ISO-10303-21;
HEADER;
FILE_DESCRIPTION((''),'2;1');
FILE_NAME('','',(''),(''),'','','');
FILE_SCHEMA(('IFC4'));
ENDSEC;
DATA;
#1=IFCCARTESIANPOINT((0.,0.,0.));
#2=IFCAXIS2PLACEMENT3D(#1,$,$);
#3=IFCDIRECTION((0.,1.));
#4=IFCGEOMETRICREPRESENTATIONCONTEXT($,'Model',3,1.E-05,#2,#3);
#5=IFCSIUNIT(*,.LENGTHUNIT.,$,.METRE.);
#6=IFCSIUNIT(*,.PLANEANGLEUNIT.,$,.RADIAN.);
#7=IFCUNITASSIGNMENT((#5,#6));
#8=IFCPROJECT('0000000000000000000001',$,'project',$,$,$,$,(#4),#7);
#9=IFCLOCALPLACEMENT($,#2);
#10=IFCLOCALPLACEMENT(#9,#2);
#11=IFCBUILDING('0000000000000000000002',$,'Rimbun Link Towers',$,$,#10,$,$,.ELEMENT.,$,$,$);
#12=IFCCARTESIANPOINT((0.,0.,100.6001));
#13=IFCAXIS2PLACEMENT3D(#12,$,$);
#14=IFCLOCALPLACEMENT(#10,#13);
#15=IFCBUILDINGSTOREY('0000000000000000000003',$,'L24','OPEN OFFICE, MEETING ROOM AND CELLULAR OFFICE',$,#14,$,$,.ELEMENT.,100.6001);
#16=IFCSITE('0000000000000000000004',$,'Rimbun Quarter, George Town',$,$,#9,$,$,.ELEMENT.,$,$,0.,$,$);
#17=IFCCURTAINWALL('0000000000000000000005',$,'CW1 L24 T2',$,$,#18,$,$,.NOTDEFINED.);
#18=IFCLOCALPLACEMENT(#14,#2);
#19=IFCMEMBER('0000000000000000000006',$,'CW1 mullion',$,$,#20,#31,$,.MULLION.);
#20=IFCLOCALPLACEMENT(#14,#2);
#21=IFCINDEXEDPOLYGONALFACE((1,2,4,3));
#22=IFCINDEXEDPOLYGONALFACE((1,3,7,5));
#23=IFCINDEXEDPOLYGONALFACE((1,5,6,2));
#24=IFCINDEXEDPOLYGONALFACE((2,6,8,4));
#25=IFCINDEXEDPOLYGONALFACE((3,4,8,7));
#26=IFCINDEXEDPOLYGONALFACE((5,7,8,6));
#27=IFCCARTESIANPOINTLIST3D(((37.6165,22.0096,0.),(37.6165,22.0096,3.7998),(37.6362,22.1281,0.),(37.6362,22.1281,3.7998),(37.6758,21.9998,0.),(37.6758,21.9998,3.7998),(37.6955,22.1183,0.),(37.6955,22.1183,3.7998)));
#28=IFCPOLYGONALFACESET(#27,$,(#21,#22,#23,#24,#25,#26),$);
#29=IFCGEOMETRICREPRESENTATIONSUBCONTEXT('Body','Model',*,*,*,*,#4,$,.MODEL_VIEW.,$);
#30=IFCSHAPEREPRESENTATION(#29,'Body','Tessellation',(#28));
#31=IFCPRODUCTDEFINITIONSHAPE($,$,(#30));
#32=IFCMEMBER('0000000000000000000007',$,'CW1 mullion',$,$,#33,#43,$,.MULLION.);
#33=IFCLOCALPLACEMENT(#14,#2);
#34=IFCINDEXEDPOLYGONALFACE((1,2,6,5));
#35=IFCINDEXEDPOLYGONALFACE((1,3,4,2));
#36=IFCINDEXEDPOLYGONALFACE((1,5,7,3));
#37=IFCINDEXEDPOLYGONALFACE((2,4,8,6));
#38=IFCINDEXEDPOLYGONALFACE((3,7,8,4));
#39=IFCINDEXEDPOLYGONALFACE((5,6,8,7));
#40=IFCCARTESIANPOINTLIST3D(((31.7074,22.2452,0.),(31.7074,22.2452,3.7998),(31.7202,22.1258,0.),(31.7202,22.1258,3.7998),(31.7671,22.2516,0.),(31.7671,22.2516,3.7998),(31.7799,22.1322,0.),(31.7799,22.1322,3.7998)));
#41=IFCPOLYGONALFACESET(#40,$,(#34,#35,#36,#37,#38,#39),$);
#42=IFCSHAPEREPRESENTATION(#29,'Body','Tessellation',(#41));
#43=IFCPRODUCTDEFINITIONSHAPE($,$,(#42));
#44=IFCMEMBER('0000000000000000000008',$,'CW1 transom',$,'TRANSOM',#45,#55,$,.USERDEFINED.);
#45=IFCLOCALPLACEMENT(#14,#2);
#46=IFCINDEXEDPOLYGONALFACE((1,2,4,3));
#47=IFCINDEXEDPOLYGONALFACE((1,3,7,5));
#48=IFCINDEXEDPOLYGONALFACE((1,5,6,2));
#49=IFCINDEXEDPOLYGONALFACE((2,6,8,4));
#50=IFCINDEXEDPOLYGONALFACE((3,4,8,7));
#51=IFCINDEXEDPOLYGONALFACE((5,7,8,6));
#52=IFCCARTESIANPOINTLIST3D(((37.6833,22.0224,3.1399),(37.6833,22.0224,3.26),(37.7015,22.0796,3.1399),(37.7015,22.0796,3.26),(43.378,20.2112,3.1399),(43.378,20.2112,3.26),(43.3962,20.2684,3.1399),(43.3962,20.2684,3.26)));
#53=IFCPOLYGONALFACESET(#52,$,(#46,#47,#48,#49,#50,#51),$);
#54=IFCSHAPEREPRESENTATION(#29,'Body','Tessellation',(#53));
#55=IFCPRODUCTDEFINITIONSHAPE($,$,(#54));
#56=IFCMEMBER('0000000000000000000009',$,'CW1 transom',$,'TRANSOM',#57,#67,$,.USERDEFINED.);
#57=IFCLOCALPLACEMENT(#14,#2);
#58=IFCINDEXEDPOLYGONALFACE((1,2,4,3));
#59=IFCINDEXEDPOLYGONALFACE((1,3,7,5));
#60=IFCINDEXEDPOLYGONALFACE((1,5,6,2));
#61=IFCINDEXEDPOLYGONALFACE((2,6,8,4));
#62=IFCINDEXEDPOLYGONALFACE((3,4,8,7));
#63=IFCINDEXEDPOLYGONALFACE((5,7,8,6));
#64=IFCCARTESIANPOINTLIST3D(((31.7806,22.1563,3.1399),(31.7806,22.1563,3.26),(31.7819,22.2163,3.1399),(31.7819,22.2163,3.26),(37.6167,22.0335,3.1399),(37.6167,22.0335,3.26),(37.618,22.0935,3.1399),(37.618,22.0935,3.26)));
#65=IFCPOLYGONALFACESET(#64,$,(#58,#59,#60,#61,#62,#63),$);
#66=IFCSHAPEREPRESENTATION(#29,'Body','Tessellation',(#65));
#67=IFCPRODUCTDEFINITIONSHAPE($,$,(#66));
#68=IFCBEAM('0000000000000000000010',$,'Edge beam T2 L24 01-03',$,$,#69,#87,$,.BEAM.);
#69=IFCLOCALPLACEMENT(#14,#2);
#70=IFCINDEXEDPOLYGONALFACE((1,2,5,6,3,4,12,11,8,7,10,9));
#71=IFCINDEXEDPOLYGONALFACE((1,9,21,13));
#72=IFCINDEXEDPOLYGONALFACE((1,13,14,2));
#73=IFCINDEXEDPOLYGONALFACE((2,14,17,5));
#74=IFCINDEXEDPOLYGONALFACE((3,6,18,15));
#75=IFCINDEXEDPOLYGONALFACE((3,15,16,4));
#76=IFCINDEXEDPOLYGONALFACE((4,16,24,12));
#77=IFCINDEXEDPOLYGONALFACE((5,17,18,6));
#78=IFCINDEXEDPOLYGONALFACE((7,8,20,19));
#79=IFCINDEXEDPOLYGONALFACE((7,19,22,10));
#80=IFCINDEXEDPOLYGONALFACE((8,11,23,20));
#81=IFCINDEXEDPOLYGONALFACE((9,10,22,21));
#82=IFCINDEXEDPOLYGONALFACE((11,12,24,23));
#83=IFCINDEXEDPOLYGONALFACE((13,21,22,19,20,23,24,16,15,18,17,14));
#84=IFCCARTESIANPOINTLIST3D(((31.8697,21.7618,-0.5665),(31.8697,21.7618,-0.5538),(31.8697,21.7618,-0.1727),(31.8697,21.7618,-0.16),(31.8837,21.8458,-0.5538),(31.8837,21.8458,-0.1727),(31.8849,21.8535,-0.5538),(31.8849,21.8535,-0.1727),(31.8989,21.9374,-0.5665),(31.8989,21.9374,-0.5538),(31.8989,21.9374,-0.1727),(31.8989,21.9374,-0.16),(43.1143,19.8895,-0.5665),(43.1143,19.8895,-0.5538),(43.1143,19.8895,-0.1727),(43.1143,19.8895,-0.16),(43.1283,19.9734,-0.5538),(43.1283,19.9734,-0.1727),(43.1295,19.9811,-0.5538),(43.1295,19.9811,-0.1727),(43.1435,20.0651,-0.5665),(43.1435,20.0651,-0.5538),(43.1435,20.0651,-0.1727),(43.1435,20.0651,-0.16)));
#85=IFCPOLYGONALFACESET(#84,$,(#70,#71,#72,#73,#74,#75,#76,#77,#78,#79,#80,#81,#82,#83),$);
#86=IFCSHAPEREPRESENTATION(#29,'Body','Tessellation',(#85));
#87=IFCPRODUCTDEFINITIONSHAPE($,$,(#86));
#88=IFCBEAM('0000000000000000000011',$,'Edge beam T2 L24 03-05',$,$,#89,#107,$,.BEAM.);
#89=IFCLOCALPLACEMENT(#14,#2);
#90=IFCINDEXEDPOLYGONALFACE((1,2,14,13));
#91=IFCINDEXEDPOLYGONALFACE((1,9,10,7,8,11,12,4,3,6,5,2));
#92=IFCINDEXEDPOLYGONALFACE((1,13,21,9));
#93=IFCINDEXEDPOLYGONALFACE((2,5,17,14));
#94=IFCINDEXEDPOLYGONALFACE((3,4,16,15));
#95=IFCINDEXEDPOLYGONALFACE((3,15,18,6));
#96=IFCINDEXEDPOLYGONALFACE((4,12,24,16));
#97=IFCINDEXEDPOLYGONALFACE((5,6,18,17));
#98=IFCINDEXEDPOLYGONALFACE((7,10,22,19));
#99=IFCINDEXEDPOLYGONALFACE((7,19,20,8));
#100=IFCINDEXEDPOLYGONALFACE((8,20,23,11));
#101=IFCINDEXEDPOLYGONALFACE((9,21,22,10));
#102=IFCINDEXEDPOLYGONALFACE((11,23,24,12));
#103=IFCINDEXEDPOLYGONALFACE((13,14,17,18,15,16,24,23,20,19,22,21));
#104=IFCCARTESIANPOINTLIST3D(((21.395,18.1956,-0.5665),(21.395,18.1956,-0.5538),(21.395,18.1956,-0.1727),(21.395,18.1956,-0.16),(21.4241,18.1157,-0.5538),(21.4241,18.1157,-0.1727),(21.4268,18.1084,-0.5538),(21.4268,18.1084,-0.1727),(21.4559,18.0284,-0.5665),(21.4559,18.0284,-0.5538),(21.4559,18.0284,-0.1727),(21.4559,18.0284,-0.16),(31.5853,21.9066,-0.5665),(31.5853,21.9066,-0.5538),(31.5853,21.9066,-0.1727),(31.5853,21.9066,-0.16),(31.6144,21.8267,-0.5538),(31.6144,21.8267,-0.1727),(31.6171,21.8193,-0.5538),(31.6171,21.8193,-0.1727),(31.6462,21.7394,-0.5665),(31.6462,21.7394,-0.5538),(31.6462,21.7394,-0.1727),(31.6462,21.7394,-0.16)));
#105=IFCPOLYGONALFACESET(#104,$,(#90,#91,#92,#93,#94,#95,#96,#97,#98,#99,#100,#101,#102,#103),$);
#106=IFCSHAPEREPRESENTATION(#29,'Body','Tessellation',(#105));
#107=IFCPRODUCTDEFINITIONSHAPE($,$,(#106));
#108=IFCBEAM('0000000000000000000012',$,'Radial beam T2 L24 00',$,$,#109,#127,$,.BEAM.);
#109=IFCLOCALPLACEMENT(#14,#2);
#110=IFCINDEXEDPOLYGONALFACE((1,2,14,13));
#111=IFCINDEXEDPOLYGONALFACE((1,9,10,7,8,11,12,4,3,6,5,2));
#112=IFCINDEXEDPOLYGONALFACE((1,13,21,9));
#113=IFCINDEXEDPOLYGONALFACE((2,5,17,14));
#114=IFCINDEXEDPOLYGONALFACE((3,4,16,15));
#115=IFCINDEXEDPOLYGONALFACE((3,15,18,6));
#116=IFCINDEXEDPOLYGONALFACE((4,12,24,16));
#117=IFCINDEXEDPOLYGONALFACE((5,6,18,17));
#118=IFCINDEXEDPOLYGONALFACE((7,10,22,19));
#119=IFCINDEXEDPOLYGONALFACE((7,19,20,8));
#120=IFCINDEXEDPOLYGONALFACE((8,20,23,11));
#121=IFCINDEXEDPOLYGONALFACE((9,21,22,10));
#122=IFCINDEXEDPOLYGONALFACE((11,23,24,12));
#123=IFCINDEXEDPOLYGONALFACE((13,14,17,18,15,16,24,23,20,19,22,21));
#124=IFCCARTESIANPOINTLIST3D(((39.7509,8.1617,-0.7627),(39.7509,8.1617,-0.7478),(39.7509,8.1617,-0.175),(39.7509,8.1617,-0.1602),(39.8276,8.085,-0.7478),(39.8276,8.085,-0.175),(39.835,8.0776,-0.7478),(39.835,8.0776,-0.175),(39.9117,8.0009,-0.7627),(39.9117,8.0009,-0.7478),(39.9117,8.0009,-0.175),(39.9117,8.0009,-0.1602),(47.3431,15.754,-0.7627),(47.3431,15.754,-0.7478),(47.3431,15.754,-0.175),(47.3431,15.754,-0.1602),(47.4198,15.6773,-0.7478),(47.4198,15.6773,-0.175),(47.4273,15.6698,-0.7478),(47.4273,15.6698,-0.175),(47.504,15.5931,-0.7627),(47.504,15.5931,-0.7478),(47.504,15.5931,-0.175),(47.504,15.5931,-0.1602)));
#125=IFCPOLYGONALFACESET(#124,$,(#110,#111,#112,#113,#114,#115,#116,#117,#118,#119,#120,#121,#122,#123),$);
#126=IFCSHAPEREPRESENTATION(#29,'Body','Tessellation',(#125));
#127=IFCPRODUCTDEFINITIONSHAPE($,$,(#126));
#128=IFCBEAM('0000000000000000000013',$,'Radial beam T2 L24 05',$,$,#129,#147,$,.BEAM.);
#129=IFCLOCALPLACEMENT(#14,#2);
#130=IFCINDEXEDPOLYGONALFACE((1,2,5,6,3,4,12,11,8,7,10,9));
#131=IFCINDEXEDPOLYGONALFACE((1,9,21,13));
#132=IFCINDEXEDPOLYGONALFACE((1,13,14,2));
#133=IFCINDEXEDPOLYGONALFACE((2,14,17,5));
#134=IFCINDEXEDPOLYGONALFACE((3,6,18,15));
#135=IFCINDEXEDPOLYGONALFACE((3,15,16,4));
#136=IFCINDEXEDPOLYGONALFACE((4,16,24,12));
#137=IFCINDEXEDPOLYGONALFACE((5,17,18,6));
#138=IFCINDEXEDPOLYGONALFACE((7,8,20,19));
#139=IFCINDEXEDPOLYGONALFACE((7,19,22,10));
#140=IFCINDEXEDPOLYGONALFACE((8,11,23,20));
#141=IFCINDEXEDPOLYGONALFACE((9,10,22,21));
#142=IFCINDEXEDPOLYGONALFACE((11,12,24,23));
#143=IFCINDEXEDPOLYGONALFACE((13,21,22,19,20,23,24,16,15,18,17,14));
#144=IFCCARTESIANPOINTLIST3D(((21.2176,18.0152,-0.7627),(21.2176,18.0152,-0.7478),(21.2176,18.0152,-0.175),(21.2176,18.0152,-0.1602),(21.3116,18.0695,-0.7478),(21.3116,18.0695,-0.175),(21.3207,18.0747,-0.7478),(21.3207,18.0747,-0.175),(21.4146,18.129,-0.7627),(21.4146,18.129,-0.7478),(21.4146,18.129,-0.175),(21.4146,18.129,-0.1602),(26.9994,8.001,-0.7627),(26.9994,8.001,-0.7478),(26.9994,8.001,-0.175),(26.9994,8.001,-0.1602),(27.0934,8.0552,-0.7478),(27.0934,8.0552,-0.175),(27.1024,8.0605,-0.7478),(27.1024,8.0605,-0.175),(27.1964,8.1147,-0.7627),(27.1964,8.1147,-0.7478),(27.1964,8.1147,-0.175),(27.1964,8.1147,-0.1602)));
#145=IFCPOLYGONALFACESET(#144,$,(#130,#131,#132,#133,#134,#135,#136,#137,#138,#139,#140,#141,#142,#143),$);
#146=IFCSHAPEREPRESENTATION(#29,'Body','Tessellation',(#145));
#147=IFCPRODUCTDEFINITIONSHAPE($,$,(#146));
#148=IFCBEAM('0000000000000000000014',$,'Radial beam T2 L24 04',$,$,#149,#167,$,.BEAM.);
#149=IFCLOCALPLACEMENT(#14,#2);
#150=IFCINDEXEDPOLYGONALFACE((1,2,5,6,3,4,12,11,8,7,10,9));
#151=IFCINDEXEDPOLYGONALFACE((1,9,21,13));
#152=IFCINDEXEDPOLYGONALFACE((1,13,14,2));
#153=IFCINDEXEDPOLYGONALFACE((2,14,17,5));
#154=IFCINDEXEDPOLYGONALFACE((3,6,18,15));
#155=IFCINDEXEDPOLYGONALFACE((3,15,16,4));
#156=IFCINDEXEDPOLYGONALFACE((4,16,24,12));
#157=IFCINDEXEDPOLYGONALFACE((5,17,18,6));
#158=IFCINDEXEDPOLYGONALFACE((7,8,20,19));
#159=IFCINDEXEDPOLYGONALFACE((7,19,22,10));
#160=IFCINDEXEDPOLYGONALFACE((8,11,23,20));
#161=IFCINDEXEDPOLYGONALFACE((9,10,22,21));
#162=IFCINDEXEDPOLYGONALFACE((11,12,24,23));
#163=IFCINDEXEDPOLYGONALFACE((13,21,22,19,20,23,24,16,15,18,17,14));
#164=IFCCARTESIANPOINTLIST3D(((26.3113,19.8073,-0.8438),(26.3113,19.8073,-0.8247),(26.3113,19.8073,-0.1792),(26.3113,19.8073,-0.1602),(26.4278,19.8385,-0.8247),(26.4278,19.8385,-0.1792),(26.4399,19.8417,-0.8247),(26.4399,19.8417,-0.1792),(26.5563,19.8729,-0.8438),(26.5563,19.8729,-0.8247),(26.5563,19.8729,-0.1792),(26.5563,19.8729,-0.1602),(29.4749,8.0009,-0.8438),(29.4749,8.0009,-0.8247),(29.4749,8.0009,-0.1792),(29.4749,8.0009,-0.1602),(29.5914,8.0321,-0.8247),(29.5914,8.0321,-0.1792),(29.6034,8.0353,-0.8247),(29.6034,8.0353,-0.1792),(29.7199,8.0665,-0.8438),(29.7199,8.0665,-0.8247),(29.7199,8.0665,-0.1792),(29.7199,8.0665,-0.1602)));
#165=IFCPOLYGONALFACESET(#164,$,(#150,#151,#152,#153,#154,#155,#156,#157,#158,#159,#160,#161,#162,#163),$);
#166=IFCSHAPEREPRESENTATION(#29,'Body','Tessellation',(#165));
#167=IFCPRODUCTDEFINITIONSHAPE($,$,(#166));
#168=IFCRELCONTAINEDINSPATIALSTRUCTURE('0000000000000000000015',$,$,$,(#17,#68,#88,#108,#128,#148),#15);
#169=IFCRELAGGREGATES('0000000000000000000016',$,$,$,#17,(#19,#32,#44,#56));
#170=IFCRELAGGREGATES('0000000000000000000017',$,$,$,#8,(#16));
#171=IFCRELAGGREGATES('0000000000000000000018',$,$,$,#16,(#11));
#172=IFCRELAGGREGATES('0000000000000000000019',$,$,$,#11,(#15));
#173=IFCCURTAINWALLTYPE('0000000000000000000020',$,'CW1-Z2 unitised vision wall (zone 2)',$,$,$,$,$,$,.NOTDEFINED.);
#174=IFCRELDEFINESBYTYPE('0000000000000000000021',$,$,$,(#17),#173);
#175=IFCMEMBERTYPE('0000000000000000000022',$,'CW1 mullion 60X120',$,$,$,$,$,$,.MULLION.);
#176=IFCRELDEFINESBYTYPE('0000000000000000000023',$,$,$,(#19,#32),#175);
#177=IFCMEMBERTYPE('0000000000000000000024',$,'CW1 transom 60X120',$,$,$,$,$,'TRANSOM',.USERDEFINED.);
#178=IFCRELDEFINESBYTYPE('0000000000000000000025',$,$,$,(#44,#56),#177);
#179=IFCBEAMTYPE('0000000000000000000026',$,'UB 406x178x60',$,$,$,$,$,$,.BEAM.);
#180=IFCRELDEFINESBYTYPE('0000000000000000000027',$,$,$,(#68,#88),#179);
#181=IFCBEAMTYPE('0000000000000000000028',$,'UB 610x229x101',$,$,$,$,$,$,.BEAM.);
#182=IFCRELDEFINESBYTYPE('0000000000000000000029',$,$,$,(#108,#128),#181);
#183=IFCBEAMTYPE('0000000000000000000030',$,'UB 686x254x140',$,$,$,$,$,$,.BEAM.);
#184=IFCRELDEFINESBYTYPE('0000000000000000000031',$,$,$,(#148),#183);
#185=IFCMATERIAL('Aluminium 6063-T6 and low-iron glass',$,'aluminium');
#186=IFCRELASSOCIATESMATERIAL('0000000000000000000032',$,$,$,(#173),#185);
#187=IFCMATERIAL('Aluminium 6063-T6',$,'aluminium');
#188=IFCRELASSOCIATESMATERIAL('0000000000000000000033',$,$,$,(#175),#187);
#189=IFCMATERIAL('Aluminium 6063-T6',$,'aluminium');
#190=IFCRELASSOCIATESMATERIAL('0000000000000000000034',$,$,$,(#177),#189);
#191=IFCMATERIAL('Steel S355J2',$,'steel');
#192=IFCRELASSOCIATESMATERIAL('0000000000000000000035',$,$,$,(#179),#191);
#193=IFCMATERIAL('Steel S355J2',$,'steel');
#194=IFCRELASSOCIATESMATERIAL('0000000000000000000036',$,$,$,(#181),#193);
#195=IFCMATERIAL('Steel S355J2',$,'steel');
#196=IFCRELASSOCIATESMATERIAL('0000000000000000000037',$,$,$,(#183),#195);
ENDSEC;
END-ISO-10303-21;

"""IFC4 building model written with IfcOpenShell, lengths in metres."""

from ifc_helpers import new_model, si_unit, direction, frame, origin, origin_2d, place, context, subcontext, project, spatial, rectangle, i_section, extrude, material, material_profile, profile_set, type_object, element, aggregate, save


model = new_model("IFC4")

# Units and contexts
model_context = context("Model", 3, precision=1e-05, world=origin(), true_north=direction((0.0, 1.0)))
body_context = subcontext(model_context, "Body", "Model", "MODEL_VIEW")
ifc_project = project(units=[si_unit("LENGTHUNIT", "METRE"), si_unit("PLANEANGLEUNIT", "RADIAN")], contexts=[model_context])

# Site, building, storey
site_placement = place(None, origin())
site = spatial("IfcSite", under=ifc_project, at=site_placement, Name="Rimbun Quarter, George Town", CompositionType="ELEMENT", RefElevation=0.0)
building_placement = place(site_placement, origin())
building = spatial("IfcBuilding", under=site, at=building_placement, Name="Rimbun Link Towers", CompositionType="ELEMENT")
storey_placement = place(building_placement, frame((0.0, 0.0, 100.6001)))
storey = spatial("IfcBuildingStorey", under=building, at=storey_placement, Name="L24", Description="OPEN OFFICE, MEETING ROOM AND CELLULAR OFFICE", CompositionType="ELEMENT", Elevation=100.6001)

# Curtain wall, members
ifc_material_1 = material(Name="Aluminium 6063-T6 and low-iron glass", Category="aluminium")
curtain_wall_type = type_object("IfcCurtainWallType", Name="CW1-Z2 unitised vision wall (zone 2)", PredefinedType="NOTDEFINED", material=ifc_material_1)
curtain_wall_placement = place(storey_placement, origin())
curtain_wall = element("IfcCurtainWall", 1, at=curtain_wall_placement, inside=storey, type_object=curtain_wall_type, Name="CW1 L24 T2", PredefinedType="NOTDEFINED")
ifc_material_2 = material(Name="Aluminium 6063-T6", Category="aluminium")
ifc_material_profile_1 = material_profile(ifc_material_2, rectangle(XDim=0.1201, YDim=0.0601, at=origin_2d()), Name="MULLION 60X120")
ifc_profile_set_1 = profile_set([ifc_material_profile_1], Name="Aluminium 6063-T6")
member_type_1 = type_object("IfcMemberType", Name="CW1 mullion 60X120", PredefinedType="MULLION", material=ifc_profile_set_1)
member_1_placement = place(storey_placement, frame((37.656, 22.064, 0.0), z_axis=(0.0, 0.0, 1.0), x_axis=(0.163744, 0.986503, 0.0)))
member_1 = element("IfcMember", 2, at=member_1_placement, type_object=member_type_1, Name="CW1 mullion", PredefinedType="MULLION", context=body_context, shape_type="SweptSolid", body=[
    extrude(rectangle(XDim=0.1201, YDim=0.0601, at=origin_2d()), origin(), (0.0, 0.0, 1.0), 3.7998),
])
member_2_placement = place(storey_placement, frame((31.7437, 22.1887, 0.0), z_axis=(0.0, 0.0, 1.0), x_axis=(-0.106642, 0.994297, 0.0)))
member_2 = element("IfcMember", 3, at=member_2_placement, type_object=member_type_1, Name="CW1 mullion", PredefinedType="MULLION", context=body_context, shape_type="SweptSolid", body=[
    extrude(rectangle(XDim=0.1201, YDim=0.0601, at=origin_2d()), origin(), (0.0, 0.0, 1.0), 3.7998),
])
ifc_material_3 = material(Name="Aluminium 6063-T6", Category="aluminium")
ifc_material_profile_2 = material_profile(ifc_material_3, rectangle(XDim=0.0601, YDim=0.1201, at=origin_2d()), Name="TRANSOM 60X120")
ifc_profile_set_2 = profile_set([ifc_material_profile_2], Name="Aluminium 6063-T6")
member_type_2 = type_object("IfcMemberType", Name="CW1 transom 60X120", ElementType="TRANSOM", PredefinedType="USERDEFINED", material=ifc_profile_set_2)
member_3_placement = place(storey_placement, frame((37.6924, 22.051, 3.2), z_axis=(0.95296, -0.303096, 0.0), x_axis=(0.303096, 0.95296, 0.0)))
member_3 = element("IfcMember", 4, at=member_3_placement, type_object=member_type_2, Name="CW1 transom", ObjectType="TRANSOM", PredefinedType="USERDEFINED", context=body_context, shape_type="SweptSolid", body=[
    extrude(rectangle(XDim=0.0601, YDim=0.1201, at=origin_2d()), origin(), (0.0, 0.0, 1.0), 5.9758),
])
member_4_placement = place(storey_placement, frame((31.7812, 22.1863, 3.2), z_axis=(0.999779, -0.021037, 0.0), x_axis=(0.021037, 0.999779, 0.0)))
member_4 = element("IfcMember", 5, at=member_4_placement, type_object=member_type_2, Name="CW1 transom", ObjectType="TRANSOM", PredefinedType="USERDEFINED", context=body_context, shape_type="SweptSolid", body=[
    extrude(rectangle(XDim=0.0601, YDim=0.1201, at=origin_2d()), origin(), (0.0, 0.0, 1.0), 5.8374),
])

# Beams
ifc_material_4 = material(Name="Steel S355J2", Category="steel")
ifc_material_profile_3 = material_profile(ifc_material_4, i_section(OverallWidth=0.178, OverallDepth=0.4065, WebThickness=0.0078, FlangeThickness=0.0127, at=origin_2d()), Name="UB 406x178x60")
ifc_profile_set_3 = profile_set([ifc_material_profile_3], Name="Steel S355J2")
beam_type_1 = type_object("IfcBeamType", Name="UB 406x178x60", PredefinedType="BEAM", material=ifc_profile_set_3)
beam_1_placement = place(storey_placement, frame((43.1289, 19.9773, -0.3633), z_axis=(-0.986419, 0.164246, 0.0), x_axis=(-0.164246, -0.986419, 0.0)))
element("IfcBeam", 6, at=beam_1_placement, inside=storey, type_object=beam_type_1, Name="Edge beam T2 L24 01-03", PredefinedType="BEAM", context=body_context, shape_type="SweptSolid", body=[
    extrude(i_section(OverallWidth=0.178, OverallDepth=0.4065, WebThickness=0.0078, FlangeThickness=0.0127, at=origin_2d()), origin(), (0.0, 0.0, 1.0), 11.3994),
])
beam_2_placement = place(storey_placement, frame((31.6157, 21.823, -0.3633), z_axis=(-0.939633, -0.342184, 0.0), x_axis=(0.342184, -0.939633, 0.0)))
element("IfcBeam", 7, at=beam_2_placement, inside=storey, type_object=beam_type_1, Name="Edge beam T2 L24 03-05", PredefinedType="BEAM", context=body_context, shape_type="SweptSolid", body=[
    extrude(i_section(OverallWidth=0.178, OverallDepth=0.4065, WebThickness=0.0078, FlangeThickness=0.0127, at=origin_2d()), origin(), (0.0, 0.0, 1.0), 10.845),
])
ifc_material_5 = material(Name="Steel S355J2", Category="steel")
ifc_material_profile_4 = material_profile(ifc_material_5, i_section(OverallWidth=0.2275, OverallDepth=0.6025, WebThickness=0.0105, FlangeThickness=0.0149, at=origin_2d()), Name="UB 610x229x101")
ifc_profile_set_4 = profile_set([ifc_material_profile_4], Name="Steel S355J2")
beam_type_2 = type_object("IfcBeamType", Name="UB 610x229x101", PredefinedType="BEAM", material=ifc_profile_set_4)
beam_3_placement = place(storey_placement, frame((39.8313, 8.0813, -0.4614), z_axis=(0.707107, 0.707107, 0.0), x_axis=(-0.707107, 0.707107, 0.0)))
element("IfcBeam", 8, at=beam_3_placement, inside=storey, type_object=beam_type_2, Name="Radial beam T2 L24 00", PredefinedType="BEAM", context=body_context, shape_type="SweptSolid", body=[
    extrude(i_section(OverallWidth=0.2275, OverallDepth=0.6025, WebThickness=0.0105, FlangeThickness=0.0149, at=origin_2d()), origin(), (0.0, 0.0, 1.0), 10.7371),
])
beam_4_placement = place(storey_placement, frame((27.0979, 8.0579, -0.4614), z_axis=(-0.500004, 0.866023, 0.0), x_axis=(-0.866023, -0.500004, 0.0)))
element("IfcBeam", 9, at=beam_4_placement, inside=storey, type_object=beam_type_2, Name="Radial beam T2 L24 05", PredefinedType="BEAM", context=body_context, shape_type="SweptSolid", body=[
    extrude(i_section(OverallWidth=0.2275, OverallDepth=0.6025, WebThickness=0.0105, FlangeThickness=0.0149, at=origin_2d()), origin(), (0.0, 0.0, 1.0), 11.5635),
])
ifc_material_6 = material(Name="Steel S355J2", Category="steel")
ifc_material_profile_5 = material_profile(ifc_material_6, i_section(OverallWidth=0.2537, OverallDepth=0.6836, WebThickness=0.0125, FlangeThickness=0.019, at=origin_2d()), Name="UB 686x254x140")
ifc_profile_set_5 = profile_set([ifc_material_profile_5], Name="Steel S355J2")
beam_type_3 = type_object("IfcBeamType", Name="UB 686x254x140", PredefinedType="BEAM", material=ifc_profile_set_5)
beam_5_placement = place(storey_placement, frame((29.5974, 8.0337, -0.502), z_axis=(-0.258824, 0.965925, 0.0), x_axis=(-0.965925, -0.258824, 0.0)))
element("IfcBeam", 10, at=beam_5_placement, inside=storey, type_object=beam_type_3, Name="Radial beam T2 L24 04", PredefinedType="BEAM", context=body_context, shape_type="SweptSolid", body=[
    extrude(i_section(OverallWidth=0.2537, OverallDepth=0.6836, WebThickness=0.0125, FlangeThickness=0.019, at=origin_2d()), origin(), (0.0, 0.0, 1.0), 12.2229),
])

aggregate(curtain_wall, [member_1, member_2, member_3, member_4])

save(model, "model.ifc")
